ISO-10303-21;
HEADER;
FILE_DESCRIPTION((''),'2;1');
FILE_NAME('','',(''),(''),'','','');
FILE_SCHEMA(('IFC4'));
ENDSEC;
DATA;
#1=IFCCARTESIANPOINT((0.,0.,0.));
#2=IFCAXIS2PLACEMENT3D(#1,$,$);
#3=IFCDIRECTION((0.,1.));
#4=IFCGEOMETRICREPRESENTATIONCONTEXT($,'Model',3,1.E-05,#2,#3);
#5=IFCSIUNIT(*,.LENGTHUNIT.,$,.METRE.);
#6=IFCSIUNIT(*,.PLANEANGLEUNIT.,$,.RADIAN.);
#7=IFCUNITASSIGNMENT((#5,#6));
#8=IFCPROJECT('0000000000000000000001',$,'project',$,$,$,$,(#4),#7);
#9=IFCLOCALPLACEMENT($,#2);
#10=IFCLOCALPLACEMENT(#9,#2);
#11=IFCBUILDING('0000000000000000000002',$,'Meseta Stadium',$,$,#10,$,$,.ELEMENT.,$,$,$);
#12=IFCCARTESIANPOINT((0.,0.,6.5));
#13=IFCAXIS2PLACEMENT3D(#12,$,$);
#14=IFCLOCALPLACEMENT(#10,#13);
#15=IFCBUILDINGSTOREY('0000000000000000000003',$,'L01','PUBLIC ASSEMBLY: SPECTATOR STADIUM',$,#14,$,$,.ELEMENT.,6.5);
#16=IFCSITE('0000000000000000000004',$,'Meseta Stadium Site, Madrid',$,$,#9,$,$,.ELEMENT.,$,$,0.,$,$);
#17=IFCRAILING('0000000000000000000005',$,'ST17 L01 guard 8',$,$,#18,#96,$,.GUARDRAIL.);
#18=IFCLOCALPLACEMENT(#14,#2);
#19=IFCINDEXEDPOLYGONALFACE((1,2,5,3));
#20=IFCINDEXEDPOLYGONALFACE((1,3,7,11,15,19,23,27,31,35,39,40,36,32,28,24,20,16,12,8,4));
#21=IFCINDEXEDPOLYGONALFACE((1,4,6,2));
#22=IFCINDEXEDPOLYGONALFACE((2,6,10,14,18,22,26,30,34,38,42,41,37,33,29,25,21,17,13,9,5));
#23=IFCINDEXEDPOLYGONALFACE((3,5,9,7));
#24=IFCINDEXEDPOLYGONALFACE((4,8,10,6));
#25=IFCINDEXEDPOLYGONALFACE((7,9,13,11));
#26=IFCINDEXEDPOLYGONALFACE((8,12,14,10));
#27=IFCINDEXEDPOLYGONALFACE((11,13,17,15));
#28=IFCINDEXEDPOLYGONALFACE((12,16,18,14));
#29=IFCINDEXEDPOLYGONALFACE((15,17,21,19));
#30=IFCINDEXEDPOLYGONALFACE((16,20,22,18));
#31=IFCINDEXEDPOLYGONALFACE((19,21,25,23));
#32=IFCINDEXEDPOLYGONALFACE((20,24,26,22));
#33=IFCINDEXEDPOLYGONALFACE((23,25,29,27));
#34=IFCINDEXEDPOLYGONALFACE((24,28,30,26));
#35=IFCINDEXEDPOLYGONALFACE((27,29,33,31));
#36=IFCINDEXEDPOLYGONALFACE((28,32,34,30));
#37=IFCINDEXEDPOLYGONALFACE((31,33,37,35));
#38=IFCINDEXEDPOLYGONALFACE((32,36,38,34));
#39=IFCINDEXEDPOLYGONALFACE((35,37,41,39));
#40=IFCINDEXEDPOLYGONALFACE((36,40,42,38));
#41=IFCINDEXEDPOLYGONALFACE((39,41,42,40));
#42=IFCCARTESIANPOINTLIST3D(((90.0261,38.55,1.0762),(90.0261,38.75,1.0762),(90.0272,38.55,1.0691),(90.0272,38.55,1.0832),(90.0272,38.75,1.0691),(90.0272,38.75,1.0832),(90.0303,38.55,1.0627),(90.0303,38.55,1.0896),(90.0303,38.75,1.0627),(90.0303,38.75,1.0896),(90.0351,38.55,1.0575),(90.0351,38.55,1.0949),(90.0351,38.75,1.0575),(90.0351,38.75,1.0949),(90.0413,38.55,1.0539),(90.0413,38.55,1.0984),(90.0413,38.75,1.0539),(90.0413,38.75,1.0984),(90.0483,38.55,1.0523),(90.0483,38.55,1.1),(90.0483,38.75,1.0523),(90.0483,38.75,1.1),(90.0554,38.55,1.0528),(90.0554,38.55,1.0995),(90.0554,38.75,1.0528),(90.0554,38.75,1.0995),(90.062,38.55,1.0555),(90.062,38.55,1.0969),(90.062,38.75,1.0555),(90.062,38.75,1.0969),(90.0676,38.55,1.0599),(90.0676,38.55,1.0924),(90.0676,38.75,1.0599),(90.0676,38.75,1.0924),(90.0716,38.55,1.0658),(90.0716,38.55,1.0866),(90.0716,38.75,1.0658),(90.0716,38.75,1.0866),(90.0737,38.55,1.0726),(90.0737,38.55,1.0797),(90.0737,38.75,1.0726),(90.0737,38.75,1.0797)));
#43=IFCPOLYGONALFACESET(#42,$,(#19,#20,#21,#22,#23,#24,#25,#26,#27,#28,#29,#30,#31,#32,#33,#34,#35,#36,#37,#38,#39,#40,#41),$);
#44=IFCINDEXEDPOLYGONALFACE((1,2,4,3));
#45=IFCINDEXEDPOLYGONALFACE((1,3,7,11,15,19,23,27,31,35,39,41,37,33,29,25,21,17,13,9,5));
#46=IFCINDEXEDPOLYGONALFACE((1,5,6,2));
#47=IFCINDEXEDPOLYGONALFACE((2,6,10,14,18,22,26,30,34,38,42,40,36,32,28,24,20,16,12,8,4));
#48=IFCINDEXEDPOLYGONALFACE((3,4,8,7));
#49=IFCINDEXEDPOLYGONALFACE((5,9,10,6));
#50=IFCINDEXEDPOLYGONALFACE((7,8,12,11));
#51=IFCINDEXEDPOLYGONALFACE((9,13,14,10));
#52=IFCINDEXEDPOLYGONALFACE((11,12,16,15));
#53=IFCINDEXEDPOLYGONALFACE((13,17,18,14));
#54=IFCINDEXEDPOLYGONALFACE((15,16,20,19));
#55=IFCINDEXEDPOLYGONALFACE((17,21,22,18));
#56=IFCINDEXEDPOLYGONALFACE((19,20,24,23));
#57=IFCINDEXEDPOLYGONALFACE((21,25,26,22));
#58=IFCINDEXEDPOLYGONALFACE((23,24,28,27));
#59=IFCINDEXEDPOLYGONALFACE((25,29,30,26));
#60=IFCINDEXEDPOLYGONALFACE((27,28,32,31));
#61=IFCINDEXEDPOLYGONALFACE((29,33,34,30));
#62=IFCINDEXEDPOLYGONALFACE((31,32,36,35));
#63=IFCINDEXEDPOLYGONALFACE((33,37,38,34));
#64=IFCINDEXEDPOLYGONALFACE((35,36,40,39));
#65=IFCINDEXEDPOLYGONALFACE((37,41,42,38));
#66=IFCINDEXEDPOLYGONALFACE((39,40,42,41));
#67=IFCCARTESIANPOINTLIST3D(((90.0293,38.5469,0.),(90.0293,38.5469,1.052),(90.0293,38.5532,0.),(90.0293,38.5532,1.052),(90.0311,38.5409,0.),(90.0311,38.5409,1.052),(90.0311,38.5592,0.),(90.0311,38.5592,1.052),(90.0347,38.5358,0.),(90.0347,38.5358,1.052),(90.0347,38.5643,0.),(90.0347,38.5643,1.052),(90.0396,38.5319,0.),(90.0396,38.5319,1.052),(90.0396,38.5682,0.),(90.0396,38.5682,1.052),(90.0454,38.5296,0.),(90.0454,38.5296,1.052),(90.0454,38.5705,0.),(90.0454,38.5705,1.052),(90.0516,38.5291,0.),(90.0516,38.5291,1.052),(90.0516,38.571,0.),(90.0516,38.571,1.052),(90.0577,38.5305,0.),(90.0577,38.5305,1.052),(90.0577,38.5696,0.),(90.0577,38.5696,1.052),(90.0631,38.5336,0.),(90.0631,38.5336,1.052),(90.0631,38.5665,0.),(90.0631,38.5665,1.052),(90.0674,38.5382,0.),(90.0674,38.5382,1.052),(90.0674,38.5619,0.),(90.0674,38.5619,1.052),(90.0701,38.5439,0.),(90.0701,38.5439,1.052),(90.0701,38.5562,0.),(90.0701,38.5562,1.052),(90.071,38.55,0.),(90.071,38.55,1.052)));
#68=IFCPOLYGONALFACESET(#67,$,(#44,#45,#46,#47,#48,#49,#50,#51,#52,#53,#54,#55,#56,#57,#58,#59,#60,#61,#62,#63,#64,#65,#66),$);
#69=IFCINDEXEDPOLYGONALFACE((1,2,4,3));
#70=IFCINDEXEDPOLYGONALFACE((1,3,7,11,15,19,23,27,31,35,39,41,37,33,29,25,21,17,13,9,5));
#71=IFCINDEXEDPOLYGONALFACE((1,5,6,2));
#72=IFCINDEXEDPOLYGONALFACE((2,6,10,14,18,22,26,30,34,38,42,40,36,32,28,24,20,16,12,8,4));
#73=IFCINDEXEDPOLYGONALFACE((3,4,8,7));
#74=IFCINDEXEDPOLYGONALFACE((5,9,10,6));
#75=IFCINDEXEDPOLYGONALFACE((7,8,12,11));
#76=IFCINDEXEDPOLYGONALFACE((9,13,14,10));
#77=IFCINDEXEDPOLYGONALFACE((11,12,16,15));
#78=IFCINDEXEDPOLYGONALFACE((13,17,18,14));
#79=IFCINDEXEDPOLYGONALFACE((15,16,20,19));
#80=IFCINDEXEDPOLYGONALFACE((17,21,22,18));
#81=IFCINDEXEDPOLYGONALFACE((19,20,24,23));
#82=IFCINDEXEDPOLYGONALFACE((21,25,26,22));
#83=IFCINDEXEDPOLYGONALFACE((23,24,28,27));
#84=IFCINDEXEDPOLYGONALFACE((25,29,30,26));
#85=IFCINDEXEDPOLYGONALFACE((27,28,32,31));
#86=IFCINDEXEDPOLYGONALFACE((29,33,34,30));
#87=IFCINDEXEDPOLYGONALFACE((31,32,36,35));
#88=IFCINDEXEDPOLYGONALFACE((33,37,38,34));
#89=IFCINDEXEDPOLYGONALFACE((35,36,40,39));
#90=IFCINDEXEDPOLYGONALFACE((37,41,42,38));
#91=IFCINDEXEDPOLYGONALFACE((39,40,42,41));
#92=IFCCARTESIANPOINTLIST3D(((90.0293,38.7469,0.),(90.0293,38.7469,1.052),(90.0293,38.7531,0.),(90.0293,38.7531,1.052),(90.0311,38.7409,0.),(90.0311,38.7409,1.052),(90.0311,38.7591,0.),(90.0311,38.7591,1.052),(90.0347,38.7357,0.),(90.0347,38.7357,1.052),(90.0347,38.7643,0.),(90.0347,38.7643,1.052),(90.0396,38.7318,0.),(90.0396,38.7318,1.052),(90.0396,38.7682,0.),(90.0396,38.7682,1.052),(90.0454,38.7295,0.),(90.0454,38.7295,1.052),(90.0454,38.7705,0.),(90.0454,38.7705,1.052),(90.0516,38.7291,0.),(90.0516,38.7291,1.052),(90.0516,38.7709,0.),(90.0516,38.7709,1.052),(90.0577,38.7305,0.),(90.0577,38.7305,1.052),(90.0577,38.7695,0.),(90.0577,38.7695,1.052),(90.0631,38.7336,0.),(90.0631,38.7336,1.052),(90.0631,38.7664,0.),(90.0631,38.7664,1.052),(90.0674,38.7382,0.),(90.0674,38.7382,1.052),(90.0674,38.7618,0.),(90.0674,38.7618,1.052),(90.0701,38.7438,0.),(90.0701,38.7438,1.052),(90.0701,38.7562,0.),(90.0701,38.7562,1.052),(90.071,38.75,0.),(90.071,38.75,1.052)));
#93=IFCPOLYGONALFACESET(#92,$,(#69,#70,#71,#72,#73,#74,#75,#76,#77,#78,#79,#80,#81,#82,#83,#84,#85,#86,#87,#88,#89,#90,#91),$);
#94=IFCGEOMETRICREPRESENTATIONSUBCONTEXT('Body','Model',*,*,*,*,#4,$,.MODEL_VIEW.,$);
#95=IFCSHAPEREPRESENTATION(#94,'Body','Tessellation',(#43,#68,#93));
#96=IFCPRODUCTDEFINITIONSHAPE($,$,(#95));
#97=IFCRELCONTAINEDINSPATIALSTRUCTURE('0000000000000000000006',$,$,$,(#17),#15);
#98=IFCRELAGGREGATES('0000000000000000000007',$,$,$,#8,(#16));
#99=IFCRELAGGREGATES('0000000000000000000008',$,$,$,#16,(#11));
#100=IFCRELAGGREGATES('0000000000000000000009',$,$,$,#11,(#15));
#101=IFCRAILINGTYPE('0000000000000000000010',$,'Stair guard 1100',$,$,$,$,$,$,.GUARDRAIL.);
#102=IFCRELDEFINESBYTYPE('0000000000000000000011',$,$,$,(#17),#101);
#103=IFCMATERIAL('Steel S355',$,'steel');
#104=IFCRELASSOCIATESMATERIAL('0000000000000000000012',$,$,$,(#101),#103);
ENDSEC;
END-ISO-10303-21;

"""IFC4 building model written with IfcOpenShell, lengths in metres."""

from ifc_helpers import new_model, si_unit, direction, frame, origin, origin_2d, place, context, subcontext, project, spatial, circle, extrude, material, type_object, element, save


model = new_model("IFC4")

# Units and contexts
model_context = context("Model", 3, precision=1e-05, world=origin(), true_north=direction((0.0, 1.0)))
body_context = subcontext(model_context, "Body", "Model", "MODEL_VIEW")
ifc_project = project(units=[si_unit("LENGTHUNIT", "METRE"), si_unit("PLANEANGLEUNIT", "RADIAN")], contexts=[model_context])

# Site, building, storey
site_placement = place(None, origin())
site = spatial("IfcSite", under=ifc_project, at=site_placement, Name="Meseta Stadium Site, Madrid", CompositionType="ELEMENT", RefElevation=0.0)
building_placement = place(site_placement, origin())
building = spatial("IfcBuilding", under=site, at=building_placement, Name="Meseta Stadium", CompositionType="ELEMENT")
storey_placement = place(building_placement, frame((0.0, 0.0, 6.5)))
storey = spatial("IfcBuildingStorey", under=building, at=storey_placement, Name="L01", Description="PUBLIC ASSEMBLY: SPECTATOR STADIUM", CompositionType="ELEMENT", Elevation=6.5)

# Railing
ifc_material_1 = material(Name="Steel S355", Category="steel")
railing_type_1 = type_object("IfcRailingType", Name="Stair guard 1100", PredefinedType="GUARDRAIL", material=ifc_material_1)
railing_1_placement = place(storey_placement, frame((90.05, 38.55, 0.0)))
element("IfcRailing", 1, at=railing_1_placement, inside=storey, type_object=railing_type_1, Name="ST17 L01 guard 8", PredefinedType="GUARDRAIL", context=body_context, shape_type="SweptSolid", body=[
    extrude(circle(Radius=0.0239, at=origin_2d()), frame((0.0, 0.0, 1.0762), z_axis=(0.0, 1.0, 0.0), x_axis=(-1.0, 0.0, 0.0)), (0.0, 0.0, 1.0), 0.2),
    extrude(circle(Radius=0.021, at=origin_2d()), origin(), (0.0, 0.0, 1.0), 1.052),
    extrude(circle(Radius=0.021, at=origin_2d()), frame((0.0, 0.2, 0.0)), (0.0, 0.0, 1.0), 1.052),
])

save(model, "model.ifc")
